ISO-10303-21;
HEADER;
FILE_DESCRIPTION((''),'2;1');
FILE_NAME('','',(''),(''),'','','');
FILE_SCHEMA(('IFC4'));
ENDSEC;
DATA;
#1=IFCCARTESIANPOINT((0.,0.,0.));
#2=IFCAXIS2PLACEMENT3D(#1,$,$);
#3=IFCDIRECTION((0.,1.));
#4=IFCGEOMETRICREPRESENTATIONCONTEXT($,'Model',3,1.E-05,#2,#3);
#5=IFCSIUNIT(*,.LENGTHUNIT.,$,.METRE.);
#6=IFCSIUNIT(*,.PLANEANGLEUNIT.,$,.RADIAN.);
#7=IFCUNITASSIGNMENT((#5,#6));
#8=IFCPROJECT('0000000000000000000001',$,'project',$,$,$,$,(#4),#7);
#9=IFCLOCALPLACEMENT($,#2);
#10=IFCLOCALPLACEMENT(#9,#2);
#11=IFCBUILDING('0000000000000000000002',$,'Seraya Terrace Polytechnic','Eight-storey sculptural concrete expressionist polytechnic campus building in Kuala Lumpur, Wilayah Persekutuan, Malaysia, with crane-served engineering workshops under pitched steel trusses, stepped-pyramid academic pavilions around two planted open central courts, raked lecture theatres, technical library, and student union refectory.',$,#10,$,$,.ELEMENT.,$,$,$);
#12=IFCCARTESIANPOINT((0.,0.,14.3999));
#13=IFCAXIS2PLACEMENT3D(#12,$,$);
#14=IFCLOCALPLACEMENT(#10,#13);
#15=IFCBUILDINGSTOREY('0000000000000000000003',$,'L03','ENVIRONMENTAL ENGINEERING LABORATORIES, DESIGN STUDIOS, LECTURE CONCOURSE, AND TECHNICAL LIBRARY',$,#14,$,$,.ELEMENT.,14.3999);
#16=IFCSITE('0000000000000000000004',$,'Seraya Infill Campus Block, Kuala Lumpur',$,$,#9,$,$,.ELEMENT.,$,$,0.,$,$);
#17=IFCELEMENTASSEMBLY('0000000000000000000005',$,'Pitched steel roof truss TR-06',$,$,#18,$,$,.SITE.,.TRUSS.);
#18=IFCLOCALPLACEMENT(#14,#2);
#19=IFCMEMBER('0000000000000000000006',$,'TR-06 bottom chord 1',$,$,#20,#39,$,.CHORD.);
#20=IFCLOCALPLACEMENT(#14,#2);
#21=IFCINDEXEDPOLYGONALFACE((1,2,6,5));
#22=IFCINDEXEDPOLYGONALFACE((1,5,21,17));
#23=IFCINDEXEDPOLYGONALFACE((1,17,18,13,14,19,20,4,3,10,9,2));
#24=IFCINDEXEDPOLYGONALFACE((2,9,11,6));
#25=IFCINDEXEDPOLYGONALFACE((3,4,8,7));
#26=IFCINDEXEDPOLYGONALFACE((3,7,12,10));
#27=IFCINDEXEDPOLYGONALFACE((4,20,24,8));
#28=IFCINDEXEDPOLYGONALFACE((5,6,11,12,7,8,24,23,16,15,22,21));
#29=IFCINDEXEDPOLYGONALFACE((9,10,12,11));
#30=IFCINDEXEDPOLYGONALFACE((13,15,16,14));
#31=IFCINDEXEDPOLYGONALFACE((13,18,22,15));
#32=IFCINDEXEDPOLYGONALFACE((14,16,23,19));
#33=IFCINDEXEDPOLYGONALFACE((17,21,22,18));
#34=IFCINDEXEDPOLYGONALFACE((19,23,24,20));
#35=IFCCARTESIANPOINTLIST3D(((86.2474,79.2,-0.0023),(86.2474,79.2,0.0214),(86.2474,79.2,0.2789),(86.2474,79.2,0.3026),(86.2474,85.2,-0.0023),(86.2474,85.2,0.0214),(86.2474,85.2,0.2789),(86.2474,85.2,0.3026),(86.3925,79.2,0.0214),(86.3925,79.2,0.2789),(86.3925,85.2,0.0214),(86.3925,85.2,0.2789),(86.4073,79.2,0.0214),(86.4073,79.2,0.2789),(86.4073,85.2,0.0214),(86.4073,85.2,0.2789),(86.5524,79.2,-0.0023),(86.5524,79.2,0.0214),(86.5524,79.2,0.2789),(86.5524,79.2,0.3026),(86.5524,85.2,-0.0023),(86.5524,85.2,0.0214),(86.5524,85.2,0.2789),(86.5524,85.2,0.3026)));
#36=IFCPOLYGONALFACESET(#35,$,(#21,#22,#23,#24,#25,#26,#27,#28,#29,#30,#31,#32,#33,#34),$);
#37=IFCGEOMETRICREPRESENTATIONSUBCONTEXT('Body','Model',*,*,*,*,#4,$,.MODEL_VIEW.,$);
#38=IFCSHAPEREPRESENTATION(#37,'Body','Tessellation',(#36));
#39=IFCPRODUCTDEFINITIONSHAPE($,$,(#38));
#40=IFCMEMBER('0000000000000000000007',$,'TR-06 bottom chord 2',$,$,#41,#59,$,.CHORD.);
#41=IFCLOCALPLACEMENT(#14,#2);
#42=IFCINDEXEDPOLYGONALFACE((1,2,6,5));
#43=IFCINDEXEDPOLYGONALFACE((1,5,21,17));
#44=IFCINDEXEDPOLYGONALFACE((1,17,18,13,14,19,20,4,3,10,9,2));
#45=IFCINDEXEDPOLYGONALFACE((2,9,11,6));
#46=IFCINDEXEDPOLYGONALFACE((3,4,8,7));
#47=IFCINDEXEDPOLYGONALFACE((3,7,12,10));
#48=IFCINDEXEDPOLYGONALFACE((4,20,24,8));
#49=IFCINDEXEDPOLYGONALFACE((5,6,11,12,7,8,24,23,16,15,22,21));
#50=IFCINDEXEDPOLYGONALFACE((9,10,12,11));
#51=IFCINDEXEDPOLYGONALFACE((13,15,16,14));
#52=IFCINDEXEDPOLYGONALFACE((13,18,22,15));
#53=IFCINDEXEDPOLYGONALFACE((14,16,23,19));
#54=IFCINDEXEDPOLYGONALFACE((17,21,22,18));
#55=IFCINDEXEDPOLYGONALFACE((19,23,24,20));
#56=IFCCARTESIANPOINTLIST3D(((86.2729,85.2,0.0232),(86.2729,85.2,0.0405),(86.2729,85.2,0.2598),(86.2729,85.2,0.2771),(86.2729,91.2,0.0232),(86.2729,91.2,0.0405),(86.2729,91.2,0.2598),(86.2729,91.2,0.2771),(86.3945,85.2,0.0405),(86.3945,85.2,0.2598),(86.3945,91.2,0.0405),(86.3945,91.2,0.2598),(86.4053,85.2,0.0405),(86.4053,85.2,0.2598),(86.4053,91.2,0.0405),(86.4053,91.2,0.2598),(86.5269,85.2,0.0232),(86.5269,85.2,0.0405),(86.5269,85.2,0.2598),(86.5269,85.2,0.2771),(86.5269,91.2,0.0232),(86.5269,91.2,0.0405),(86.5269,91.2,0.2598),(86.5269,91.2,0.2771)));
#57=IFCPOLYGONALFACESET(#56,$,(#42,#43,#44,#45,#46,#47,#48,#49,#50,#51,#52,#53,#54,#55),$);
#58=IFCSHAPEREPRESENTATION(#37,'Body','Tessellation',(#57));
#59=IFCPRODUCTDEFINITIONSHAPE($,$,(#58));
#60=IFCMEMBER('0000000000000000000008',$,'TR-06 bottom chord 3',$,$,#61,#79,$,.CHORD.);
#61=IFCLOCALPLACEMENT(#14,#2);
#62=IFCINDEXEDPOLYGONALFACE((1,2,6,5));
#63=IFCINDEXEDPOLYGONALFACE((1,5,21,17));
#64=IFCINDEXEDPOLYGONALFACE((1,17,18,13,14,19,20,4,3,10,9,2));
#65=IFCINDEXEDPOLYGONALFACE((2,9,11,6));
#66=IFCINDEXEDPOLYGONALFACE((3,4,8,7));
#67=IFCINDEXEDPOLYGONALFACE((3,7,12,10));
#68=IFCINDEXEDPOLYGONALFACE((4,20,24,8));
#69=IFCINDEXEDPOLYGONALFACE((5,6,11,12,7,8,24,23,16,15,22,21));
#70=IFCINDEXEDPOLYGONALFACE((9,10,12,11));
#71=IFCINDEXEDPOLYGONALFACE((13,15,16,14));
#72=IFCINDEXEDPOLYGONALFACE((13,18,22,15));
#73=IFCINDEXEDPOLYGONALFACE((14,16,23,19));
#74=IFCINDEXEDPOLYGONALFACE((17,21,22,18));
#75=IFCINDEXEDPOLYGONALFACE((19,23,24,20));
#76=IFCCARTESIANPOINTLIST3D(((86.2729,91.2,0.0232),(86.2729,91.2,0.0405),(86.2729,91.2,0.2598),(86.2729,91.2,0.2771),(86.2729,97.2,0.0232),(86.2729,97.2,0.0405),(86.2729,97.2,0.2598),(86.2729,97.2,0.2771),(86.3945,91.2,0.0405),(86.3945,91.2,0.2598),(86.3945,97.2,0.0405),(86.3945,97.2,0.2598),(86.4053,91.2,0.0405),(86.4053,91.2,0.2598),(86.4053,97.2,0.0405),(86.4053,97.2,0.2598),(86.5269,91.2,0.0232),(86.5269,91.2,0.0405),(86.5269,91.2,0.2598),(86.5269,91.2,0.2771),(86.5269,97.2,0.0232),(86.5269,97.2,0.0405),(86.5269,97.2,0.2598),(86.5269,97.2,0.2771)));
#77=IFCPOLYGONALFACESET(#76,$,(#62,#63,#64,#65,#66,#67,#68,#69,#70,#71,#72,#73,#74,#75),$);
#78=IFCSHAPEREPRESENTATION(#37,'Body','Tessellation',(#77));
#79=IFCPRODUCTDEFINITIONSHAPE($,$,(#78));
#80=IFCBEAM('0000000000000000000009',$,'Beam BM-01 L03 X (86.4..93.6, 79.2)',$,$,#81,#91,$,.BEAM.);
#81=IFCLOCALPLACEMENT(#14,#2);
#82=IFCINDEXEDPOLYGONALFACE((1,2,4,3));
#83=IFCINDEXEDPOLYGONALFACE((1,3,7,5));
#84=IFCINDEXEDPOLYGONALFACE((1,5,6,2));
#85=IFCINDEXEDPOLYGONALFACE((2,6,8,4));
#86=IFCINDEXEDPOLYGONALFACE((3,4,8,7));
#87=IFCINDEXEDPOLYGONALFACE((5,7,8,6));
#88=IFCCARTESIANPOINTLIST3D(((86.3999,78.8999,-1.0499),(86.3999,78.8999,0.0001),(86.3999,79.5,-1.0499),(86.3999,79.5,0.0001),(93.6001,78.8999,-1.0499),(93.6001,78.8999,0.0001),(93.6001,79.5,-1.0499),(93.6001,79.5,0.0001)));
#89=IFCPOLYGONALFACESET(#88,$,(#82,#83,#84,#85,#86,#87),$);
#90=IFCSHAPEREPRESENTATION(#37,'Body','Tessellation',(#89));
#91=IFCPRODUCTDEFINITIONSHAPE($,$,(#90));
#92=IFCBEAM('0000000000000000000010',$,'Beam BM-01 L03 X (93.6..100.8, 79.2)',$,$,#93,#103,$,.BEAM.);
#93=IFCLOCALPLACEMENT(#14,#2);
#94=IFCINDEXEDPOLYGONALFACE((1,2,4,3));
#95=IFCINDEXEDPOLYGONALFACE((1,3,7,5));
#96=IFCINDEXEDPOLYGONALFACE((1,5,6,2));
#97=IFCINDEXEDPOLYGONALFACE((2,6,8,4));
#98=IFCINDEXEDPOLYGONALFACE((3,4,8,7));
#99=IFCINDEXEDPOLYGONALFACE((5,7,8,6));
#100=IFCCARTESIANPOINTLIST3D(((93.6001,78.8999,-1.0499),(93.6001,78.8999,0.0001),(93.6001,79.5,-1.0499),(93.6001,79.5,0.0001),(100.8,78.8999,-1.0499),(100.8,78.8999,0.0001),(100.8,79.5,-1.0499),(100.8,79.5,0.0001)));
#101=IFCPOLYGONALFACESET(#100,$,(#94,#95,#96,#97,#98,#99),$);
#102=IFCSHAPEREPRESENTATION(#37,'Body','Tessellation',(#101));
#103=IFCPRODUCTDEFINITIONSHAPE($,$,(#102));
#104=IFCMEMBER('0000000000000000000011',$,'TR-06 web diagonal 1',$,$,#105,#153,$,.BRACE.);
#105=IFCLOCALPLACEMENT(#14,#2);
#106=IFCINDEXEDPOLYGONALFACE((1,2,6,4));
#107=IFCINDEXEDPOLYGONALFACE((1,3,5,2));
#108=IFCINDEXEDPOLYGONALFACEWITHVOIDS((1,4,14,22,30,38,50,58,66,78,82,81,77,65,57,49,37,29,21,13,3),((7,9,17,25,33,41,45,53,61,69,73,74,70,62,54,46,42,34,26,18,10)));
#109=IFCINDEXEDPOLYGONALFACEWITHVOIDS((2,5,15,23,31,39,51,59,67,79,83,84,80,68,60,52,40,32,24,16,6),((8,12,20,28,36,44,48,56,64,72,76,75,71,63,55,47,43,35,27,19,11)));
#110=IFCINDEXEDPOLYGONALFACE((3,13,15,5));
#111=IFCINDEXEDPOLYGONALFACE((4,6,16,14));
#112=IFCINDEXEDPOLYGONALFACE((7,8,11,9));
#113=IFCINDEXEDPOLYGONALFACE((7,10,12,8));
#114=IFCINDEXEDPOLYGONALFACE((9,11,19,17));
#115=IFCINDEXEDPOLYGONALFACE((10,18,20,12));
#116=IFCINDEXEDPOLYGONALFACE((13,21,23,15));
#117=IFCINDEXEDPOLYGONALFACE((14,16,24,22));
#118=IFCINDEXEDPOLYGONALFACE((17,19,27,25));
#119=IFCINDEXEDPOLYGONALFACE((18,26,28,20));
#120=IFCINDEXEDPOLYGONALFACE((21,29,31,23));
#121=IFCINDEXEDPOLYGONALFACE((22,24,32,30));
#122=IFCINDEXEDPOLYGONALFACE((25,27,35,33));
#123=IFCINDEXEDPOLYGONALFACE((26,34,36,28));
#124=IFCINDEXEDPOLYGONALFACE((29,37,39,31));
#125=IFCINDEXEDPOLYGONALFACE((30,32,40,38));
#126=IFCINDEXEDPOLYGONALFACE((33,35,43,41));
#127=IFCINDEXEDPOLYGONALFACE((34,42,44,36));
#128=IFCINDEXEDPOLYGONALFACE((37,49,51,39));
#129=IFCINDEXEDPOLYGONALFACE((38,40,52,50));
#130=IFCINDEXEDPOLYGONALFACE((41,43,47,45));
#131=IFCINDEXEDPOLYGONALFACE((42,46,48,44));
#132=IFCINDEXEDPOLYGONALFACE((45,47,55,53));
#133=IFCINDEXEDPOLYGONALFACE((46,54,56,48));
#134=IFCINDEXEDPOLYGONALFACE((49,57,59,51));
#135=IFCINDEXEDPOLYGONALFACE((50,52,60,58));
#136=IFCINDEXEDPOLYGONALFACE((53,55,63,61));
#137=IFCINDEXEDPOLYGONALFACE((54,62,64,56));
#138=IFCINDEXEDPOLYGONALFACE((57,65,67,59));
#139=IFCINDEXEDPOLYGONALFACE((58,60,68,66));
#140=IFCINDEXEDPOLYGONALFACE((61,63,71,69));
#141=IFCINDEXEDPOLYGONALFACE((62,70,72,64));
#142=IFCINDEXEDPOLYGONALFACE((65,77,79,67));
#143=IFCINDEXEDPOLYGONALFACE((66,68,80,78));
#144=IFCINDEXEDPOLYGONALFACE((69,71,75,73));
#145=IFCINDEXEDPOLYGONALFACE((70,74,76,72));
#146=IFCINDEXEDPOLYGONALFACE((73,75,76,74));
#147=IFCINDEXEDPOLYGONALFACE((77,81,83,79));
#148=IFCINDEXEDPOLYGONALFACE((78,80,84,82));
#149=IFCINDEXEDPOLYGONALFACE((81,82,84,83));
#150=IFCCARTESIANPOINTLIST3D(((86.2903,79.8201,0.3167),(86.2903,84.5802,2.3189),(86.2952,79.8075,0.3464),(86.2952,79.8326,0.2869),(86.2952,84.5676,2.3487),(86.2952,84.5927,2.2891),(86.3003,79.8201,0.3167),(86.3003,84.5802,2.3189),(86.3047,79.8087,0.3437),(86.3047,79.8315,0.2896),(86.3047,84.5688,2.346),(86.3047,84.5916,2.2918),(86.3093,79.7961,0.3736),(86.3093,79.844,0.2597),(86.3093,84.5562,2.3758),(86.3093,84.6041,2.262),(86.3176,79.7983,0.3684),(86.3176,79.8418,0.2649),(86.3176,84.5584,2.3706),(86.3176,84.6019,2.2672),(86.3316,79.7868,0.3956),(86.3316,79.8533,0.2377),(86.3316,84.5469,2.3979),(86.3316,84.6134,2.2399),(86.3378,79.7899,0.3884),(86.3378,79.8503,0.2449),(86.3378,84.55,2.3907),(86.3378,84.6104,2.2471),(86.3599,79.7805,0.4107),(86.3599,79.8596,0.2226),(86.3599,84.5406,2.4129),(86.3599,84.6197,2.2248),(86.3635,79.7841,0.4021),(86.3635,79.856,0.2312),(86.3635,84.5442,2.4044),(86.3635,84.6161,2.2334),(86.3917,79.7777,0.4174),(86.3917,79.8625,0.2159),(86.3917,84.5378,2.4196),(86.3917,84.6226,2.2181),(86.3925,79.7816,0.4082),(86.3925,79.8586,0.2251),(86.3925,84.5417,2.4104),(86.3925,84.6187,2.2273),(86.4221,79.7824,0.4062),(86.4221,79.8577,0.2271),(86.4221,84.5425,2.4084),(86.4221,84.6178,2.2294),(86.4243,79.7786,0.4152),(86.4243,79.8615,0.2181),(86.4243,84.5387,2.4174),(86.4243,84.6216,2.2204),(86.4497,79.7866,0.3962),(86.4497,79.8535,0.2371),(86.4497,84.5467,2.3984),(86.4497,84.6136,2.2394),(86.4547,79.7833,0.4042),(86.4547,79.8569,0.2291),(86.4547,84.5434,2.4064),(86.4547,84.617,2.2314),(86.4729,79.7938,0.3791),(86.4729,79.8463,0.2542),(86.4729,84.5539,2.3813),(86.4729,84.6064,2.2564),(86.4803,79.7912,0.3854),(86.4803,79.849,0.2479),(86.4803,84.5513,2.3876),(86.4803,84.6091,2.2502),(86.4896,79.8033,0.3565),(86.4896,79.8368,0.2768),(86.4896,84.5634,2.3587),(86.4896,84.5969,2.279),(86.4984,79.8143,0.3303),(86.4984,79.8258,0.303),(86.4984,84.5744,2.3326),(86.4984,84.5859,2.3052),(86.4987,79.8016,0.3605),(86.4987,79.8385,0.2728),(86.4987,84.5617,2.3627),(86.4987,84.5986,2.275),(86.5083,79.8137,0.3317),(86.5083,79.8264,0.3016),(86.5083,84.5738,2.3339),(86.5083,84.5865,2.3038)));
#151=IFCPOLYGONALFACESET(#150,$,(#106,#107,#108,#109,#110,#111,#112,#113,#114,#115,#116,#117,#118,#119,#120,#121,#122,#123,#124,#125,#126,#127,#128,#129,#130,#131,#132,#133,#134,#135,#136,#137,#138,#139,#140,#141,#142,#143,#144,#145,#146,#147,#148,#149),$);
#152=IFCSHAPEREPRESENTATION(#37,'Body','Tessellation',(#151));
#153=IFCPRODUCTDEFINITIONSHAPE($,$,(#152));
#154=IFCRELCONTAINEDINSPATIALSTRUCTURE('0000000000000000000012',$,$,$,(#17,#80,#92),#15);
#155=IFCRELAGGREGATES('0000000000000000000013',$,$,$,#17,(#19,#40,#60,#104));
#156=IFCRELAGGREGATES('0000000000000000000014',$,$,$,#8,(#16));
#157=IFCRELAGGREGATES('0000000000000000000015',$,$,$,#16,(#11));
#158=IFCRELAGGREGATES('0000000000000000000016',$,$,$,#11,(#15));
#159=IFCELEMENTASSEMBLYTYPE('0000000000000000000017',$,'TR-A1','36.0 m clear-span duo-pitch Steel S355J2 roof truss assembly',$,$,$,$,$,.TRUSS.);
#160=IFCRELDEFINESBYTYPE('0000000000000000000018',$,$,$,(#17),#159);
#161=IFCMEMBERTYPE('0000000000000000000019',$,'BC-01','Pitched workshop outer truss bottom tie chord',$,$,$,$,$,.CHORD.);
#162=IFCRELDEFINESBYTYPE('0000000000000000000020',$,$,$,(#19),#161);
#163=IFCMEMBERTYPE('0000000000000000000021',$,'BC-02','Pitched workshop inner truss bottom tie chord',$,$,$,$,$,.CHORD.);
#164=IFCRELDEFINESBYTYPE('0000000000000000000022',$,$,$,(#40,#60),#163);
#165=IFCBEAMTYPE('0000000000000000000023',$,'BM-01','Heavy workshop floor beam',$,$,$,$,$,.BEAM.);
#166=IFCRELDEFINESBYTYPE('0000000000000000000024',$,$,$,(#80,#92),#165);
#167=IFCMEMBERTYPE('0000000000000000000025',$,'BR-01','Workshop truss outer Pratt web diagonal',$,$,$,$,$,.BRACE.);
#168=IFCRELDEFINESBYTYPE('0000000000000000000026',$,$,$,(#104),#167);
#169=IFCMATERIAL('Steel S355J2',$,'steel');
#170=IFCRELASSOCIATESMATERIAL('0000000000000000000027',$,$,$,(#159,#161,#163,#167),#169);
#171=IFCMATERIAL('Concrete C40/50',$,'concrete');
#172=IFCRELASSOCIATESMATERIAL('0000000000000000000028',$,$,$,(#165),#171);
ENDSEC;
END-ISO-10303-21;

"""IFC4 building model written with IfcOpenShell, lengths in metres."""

from ifc_helpers import new_model, si_unit, direction, frame, origin, origin_2d, place, context, subcontext, project, spatial, rectangle, hollow_circle, i_section, extrude, material, material_profile, profile_set, type_object, element, aggregate, save


model = new_model("IFC4")

# Units and contexts
model_context = context("Model", 3, precision=1e-05, world=origin(), true_north=direction((0.0, 1.0)))
body_context = subcontext(model_context, "Body", "Model", "MODEL_VIEW")
ifc_project = project(units=[si_unit("LENGTHUNIT", "METRE"), si_unit("PLANEANGLEUNIT", "RADIAN")], contexts=[model_context])

# Site, building, storey
site_placement = place(None, origin())
site = spatial("IfcSite", under=ifc_project, at=site_placement, Name="Seraya Infill Campus Block, Kuala Lumpur", CompositionType="ELEMENT", RefElevation=0.0)
building_placement = place(site_placement, origin())
building = spatial("IfcBuilding", under=site, at=building_placement, Name="Seraya Terrace Polytechnic", Description="Eight-storey sculptural concrete expressionist polytechnic campus building in Kuala Lumpur, Wilayah Persekutuan, Malaysia, with crane-served engineering workshops under pitched steel trusses, stepped-pyramid academic pavilions around two planted open central courts, raked lecture theatres, technical library, and student union refectory.", CompositionType="ELEMENT")
storey_placement = place(building_placement, frame((0.0, 0.0, 14.3999)))
storey = spatial("IfcBuildingStorey", under=building, at=storey_placement, Name="L03", Description="ENVIRONMENTAL ENGINEERING LABORATORIES, DESIGN STUDIOS, LECTURE CONCOURSE, AND TECHNICAL LIBRARY", CompositionType="ELEMENT", Elevation=14.3999)

# Element assembly, members
ifc_material_1 = material(Name="Steel S355J2", Category="steel")
element_assembly_type = type_object("IfcElementAssemblyType", Name="TR-A1", Description="36.0 m clear-span duo-pitch Steel S355J2 roof truss assembly", PredefinedType="TRUSS", material=ifc_material_1)
assembly_placement = place(storey_placement, origin())
assembly = element("IfcElementAssembly", 1, at=assembly_placement, inside=storey, type_object=element_assembly_type, Name="Pitched steel roof truss TR-06", AssemblyPlace="SITE", PredefinedType="TRUSS")
ifc_material_profile_1 = material_profile(ifc_material_1, i_section(OverallWidth=0.3049, OverallDepth=0.3049, WebThickness=0.0149, FlangeThickness=0.0237, at=origin_2d()), Name="UKC 305x305x14.9x23.8")
ifc_profile_set_1 = profile_set([ifc_material_profile_1], Name="Steel S355J2")
member_type_1 = type_object("IfcMemberType", Name="BC-01", Description="Pitched workshop outer truss bottom tie chord", PredefinedType="CHORD", material=ifc_profile_set_1)
member_1_placement = place(storey_placement, frame((86.3999, 79.2, 0.1501), z_axis=(0.0, 1.0, 0.0), x_axis=(-1.0, 0.0, 0.0)))
member_1 = element("IfcMember", 2, at=member_1_placement, type_object=member_type_1, Name="TR-06 bottom chord 1", PredefinedType="CHORD", context=body_context, shape_type="SweptSolid", body=[
    extrude(i_section(OverallWidth=0.3049, OverallDepth=0.3049, WebThickness=0.0149, FlangeThickness=0.0237, at=origin_2d()), origin(), (0.0, 0.0, 1.0), 6.0),
])
ifc_material_profile_2 = material_profile(ifc_material_1, i_section(OverallWidth=0.2539, OverallDepth=0.2539, WebThickness=0.0107, FlangeThickness=0.0173, at=origin_2d()), Name="UKC 254x254x10.7x17.3")
ifc_profile_set_2 = profile_set([ifc_material_profile_2], Name="Steel S355J2")
member_type_2 = type_object("IfcMemberType", Name="BC-02", Description="Pitched workshop inner truss bottom tie chord", PredefinedType="CHORD", material=ifc_profile_set_2)
member_2_placement = place(storey_placement, frame((86.3999, 85.2, 0.1501), z_axis=(0.0, 1.0, 0.0), x_axis=(-1.0, 0.0, 0.0)))
member_2 = element("IfcMember", 3, at=member_2_placement, type_object=member_type_2, Name="TR-06 bottom chord 2", PredefinedType="CHORD", context=body_context, shape_type="SweptSolid", body=[
    extrude(i_section(OverallWidth=0.2539, OverallDepth=0.2539, WebThickness=0.0107, FlangeThickness=0.0173, at=origin_2d()), origin(), (0.0, 0.0, 1.0), 6.0),
])
member_3_placement = place(storey_placement, frame((86.3999, 91.2, 0.1501), z_axis=(0.0, 1.0, 0.0), x_axis=(-1.0, 0.0, 0.0)))
member_3 = element("IfcMember", 4, at=member_3_placement, type_object=member_type_2, Name="TR-06 bottom chord 3", PredefinedType="CHORD", context=body_context, shape_type="SweptSolid", body=[
    extrude(i_section(OverallWidth=0.2539, OverallDepth=0.2539, WebThickness=0.0107, FlangeThickness=0.0173, at=origin_2d()), origin(), (0.0, 0.0, 1.0), 6.0),
])

# Beams
ifc_material_2 = material(Name="Concrete C40/50", Category="concrete")
ifc_material_profile_3 = material_profile(ifc_material_2, rectangle(XDim=0.6001, YDim=1.05, at=origin_2d()), Name="RC 600x1050")
ifc_profile_set_3 = profile_set([ifc_material_profile_3], Name="Concrete C40/50")
beam_type = type_object("IfcBeamType", Name="BM-01", Description="Heavy workshop floor beam", PredefinedType="BEAM", material=ifc_profile_set_3)
beam_1_placement = place(storey_placement, frame((86.3999, 79.2, -0.5249), z_axis=(1.0, 0.0, 0.0), x_axis=(0.0, 1.0, 0.0)))
element("IfcBeam", 5, at=beam_1_placement, inside=storey, type_object=beam_type, Name="Beam BM-01 L03 X (86.4..93.6, 79.2)", PredefinedType="BEAM", context=body_context, shape_type="SweptSolid", body=[
    extrude(rectangle(XDim=0.6001, YDim=1.05, at=origin_2d()), origin(), (0.0, 0.0, 1.0), 7.2002),
])
beam_2_placement = place(storey_placement, frame((93.6001, 79.2, -0.5249), z_axis=(1.0, 0.0, 0.0), x_axis=(0.0, 1.0, 0.0)))
element("IfcBeam", 6, at=beam_2_placement, inside=storey, type_object=beam_type, Name="Beam BM-01 L03 X (93.6..100.8, 79.2)", PredefinedType="BEAM", context=body_context, shape_type="SweptSolid", body=[
    extrude(rectangle(XDim=0.6001, YDim=1.05, at=origin_2d()), origin(), (0.0, 0.0, 1.0), 7.2),
])

# Member
ifc_material_profile_4 = material_profile(ifc_material_1, hollow_circle(Radius=0.1096, WallThickness=0.01, at=origin_2d()), Name="CHS 219.1x10.0")
ifc_profile_set_4 = profile_set([ifc_material_profile_4], Name="Steel S355J2")
member_type_3 = type_object("IfcMemberType", Name="BR-01", Description="Workshop truss outer Pratt web diagonal", PredefinedType="BRACE", material=ifc_profile_set_4)
member_4_placement = place(storey_placement, frame((86.3999, 79.8201, 0.3167), z_axis=(0.0, 0.921775, 0.387725), x_axis=(-1.0, 0.0, 0.0)))
member_4 = element("IfcMember", 7, at=member_4_placement, type_object=member_type_3, Name="TR-06 web diagonal 1", PredefinedType="BRACE", context=body_context, shape_type="SweptSolid", body=[
    extrude(hollow_circle(Radius=0.1096, WallThickness=0.01, at=origin_2d()), origin(), (0.0, 0.0, 1.0), 5.1641),
])

aggregate(assembly, [member_1, member_2, member_3, member_4])

save(model, "model.ifc")
